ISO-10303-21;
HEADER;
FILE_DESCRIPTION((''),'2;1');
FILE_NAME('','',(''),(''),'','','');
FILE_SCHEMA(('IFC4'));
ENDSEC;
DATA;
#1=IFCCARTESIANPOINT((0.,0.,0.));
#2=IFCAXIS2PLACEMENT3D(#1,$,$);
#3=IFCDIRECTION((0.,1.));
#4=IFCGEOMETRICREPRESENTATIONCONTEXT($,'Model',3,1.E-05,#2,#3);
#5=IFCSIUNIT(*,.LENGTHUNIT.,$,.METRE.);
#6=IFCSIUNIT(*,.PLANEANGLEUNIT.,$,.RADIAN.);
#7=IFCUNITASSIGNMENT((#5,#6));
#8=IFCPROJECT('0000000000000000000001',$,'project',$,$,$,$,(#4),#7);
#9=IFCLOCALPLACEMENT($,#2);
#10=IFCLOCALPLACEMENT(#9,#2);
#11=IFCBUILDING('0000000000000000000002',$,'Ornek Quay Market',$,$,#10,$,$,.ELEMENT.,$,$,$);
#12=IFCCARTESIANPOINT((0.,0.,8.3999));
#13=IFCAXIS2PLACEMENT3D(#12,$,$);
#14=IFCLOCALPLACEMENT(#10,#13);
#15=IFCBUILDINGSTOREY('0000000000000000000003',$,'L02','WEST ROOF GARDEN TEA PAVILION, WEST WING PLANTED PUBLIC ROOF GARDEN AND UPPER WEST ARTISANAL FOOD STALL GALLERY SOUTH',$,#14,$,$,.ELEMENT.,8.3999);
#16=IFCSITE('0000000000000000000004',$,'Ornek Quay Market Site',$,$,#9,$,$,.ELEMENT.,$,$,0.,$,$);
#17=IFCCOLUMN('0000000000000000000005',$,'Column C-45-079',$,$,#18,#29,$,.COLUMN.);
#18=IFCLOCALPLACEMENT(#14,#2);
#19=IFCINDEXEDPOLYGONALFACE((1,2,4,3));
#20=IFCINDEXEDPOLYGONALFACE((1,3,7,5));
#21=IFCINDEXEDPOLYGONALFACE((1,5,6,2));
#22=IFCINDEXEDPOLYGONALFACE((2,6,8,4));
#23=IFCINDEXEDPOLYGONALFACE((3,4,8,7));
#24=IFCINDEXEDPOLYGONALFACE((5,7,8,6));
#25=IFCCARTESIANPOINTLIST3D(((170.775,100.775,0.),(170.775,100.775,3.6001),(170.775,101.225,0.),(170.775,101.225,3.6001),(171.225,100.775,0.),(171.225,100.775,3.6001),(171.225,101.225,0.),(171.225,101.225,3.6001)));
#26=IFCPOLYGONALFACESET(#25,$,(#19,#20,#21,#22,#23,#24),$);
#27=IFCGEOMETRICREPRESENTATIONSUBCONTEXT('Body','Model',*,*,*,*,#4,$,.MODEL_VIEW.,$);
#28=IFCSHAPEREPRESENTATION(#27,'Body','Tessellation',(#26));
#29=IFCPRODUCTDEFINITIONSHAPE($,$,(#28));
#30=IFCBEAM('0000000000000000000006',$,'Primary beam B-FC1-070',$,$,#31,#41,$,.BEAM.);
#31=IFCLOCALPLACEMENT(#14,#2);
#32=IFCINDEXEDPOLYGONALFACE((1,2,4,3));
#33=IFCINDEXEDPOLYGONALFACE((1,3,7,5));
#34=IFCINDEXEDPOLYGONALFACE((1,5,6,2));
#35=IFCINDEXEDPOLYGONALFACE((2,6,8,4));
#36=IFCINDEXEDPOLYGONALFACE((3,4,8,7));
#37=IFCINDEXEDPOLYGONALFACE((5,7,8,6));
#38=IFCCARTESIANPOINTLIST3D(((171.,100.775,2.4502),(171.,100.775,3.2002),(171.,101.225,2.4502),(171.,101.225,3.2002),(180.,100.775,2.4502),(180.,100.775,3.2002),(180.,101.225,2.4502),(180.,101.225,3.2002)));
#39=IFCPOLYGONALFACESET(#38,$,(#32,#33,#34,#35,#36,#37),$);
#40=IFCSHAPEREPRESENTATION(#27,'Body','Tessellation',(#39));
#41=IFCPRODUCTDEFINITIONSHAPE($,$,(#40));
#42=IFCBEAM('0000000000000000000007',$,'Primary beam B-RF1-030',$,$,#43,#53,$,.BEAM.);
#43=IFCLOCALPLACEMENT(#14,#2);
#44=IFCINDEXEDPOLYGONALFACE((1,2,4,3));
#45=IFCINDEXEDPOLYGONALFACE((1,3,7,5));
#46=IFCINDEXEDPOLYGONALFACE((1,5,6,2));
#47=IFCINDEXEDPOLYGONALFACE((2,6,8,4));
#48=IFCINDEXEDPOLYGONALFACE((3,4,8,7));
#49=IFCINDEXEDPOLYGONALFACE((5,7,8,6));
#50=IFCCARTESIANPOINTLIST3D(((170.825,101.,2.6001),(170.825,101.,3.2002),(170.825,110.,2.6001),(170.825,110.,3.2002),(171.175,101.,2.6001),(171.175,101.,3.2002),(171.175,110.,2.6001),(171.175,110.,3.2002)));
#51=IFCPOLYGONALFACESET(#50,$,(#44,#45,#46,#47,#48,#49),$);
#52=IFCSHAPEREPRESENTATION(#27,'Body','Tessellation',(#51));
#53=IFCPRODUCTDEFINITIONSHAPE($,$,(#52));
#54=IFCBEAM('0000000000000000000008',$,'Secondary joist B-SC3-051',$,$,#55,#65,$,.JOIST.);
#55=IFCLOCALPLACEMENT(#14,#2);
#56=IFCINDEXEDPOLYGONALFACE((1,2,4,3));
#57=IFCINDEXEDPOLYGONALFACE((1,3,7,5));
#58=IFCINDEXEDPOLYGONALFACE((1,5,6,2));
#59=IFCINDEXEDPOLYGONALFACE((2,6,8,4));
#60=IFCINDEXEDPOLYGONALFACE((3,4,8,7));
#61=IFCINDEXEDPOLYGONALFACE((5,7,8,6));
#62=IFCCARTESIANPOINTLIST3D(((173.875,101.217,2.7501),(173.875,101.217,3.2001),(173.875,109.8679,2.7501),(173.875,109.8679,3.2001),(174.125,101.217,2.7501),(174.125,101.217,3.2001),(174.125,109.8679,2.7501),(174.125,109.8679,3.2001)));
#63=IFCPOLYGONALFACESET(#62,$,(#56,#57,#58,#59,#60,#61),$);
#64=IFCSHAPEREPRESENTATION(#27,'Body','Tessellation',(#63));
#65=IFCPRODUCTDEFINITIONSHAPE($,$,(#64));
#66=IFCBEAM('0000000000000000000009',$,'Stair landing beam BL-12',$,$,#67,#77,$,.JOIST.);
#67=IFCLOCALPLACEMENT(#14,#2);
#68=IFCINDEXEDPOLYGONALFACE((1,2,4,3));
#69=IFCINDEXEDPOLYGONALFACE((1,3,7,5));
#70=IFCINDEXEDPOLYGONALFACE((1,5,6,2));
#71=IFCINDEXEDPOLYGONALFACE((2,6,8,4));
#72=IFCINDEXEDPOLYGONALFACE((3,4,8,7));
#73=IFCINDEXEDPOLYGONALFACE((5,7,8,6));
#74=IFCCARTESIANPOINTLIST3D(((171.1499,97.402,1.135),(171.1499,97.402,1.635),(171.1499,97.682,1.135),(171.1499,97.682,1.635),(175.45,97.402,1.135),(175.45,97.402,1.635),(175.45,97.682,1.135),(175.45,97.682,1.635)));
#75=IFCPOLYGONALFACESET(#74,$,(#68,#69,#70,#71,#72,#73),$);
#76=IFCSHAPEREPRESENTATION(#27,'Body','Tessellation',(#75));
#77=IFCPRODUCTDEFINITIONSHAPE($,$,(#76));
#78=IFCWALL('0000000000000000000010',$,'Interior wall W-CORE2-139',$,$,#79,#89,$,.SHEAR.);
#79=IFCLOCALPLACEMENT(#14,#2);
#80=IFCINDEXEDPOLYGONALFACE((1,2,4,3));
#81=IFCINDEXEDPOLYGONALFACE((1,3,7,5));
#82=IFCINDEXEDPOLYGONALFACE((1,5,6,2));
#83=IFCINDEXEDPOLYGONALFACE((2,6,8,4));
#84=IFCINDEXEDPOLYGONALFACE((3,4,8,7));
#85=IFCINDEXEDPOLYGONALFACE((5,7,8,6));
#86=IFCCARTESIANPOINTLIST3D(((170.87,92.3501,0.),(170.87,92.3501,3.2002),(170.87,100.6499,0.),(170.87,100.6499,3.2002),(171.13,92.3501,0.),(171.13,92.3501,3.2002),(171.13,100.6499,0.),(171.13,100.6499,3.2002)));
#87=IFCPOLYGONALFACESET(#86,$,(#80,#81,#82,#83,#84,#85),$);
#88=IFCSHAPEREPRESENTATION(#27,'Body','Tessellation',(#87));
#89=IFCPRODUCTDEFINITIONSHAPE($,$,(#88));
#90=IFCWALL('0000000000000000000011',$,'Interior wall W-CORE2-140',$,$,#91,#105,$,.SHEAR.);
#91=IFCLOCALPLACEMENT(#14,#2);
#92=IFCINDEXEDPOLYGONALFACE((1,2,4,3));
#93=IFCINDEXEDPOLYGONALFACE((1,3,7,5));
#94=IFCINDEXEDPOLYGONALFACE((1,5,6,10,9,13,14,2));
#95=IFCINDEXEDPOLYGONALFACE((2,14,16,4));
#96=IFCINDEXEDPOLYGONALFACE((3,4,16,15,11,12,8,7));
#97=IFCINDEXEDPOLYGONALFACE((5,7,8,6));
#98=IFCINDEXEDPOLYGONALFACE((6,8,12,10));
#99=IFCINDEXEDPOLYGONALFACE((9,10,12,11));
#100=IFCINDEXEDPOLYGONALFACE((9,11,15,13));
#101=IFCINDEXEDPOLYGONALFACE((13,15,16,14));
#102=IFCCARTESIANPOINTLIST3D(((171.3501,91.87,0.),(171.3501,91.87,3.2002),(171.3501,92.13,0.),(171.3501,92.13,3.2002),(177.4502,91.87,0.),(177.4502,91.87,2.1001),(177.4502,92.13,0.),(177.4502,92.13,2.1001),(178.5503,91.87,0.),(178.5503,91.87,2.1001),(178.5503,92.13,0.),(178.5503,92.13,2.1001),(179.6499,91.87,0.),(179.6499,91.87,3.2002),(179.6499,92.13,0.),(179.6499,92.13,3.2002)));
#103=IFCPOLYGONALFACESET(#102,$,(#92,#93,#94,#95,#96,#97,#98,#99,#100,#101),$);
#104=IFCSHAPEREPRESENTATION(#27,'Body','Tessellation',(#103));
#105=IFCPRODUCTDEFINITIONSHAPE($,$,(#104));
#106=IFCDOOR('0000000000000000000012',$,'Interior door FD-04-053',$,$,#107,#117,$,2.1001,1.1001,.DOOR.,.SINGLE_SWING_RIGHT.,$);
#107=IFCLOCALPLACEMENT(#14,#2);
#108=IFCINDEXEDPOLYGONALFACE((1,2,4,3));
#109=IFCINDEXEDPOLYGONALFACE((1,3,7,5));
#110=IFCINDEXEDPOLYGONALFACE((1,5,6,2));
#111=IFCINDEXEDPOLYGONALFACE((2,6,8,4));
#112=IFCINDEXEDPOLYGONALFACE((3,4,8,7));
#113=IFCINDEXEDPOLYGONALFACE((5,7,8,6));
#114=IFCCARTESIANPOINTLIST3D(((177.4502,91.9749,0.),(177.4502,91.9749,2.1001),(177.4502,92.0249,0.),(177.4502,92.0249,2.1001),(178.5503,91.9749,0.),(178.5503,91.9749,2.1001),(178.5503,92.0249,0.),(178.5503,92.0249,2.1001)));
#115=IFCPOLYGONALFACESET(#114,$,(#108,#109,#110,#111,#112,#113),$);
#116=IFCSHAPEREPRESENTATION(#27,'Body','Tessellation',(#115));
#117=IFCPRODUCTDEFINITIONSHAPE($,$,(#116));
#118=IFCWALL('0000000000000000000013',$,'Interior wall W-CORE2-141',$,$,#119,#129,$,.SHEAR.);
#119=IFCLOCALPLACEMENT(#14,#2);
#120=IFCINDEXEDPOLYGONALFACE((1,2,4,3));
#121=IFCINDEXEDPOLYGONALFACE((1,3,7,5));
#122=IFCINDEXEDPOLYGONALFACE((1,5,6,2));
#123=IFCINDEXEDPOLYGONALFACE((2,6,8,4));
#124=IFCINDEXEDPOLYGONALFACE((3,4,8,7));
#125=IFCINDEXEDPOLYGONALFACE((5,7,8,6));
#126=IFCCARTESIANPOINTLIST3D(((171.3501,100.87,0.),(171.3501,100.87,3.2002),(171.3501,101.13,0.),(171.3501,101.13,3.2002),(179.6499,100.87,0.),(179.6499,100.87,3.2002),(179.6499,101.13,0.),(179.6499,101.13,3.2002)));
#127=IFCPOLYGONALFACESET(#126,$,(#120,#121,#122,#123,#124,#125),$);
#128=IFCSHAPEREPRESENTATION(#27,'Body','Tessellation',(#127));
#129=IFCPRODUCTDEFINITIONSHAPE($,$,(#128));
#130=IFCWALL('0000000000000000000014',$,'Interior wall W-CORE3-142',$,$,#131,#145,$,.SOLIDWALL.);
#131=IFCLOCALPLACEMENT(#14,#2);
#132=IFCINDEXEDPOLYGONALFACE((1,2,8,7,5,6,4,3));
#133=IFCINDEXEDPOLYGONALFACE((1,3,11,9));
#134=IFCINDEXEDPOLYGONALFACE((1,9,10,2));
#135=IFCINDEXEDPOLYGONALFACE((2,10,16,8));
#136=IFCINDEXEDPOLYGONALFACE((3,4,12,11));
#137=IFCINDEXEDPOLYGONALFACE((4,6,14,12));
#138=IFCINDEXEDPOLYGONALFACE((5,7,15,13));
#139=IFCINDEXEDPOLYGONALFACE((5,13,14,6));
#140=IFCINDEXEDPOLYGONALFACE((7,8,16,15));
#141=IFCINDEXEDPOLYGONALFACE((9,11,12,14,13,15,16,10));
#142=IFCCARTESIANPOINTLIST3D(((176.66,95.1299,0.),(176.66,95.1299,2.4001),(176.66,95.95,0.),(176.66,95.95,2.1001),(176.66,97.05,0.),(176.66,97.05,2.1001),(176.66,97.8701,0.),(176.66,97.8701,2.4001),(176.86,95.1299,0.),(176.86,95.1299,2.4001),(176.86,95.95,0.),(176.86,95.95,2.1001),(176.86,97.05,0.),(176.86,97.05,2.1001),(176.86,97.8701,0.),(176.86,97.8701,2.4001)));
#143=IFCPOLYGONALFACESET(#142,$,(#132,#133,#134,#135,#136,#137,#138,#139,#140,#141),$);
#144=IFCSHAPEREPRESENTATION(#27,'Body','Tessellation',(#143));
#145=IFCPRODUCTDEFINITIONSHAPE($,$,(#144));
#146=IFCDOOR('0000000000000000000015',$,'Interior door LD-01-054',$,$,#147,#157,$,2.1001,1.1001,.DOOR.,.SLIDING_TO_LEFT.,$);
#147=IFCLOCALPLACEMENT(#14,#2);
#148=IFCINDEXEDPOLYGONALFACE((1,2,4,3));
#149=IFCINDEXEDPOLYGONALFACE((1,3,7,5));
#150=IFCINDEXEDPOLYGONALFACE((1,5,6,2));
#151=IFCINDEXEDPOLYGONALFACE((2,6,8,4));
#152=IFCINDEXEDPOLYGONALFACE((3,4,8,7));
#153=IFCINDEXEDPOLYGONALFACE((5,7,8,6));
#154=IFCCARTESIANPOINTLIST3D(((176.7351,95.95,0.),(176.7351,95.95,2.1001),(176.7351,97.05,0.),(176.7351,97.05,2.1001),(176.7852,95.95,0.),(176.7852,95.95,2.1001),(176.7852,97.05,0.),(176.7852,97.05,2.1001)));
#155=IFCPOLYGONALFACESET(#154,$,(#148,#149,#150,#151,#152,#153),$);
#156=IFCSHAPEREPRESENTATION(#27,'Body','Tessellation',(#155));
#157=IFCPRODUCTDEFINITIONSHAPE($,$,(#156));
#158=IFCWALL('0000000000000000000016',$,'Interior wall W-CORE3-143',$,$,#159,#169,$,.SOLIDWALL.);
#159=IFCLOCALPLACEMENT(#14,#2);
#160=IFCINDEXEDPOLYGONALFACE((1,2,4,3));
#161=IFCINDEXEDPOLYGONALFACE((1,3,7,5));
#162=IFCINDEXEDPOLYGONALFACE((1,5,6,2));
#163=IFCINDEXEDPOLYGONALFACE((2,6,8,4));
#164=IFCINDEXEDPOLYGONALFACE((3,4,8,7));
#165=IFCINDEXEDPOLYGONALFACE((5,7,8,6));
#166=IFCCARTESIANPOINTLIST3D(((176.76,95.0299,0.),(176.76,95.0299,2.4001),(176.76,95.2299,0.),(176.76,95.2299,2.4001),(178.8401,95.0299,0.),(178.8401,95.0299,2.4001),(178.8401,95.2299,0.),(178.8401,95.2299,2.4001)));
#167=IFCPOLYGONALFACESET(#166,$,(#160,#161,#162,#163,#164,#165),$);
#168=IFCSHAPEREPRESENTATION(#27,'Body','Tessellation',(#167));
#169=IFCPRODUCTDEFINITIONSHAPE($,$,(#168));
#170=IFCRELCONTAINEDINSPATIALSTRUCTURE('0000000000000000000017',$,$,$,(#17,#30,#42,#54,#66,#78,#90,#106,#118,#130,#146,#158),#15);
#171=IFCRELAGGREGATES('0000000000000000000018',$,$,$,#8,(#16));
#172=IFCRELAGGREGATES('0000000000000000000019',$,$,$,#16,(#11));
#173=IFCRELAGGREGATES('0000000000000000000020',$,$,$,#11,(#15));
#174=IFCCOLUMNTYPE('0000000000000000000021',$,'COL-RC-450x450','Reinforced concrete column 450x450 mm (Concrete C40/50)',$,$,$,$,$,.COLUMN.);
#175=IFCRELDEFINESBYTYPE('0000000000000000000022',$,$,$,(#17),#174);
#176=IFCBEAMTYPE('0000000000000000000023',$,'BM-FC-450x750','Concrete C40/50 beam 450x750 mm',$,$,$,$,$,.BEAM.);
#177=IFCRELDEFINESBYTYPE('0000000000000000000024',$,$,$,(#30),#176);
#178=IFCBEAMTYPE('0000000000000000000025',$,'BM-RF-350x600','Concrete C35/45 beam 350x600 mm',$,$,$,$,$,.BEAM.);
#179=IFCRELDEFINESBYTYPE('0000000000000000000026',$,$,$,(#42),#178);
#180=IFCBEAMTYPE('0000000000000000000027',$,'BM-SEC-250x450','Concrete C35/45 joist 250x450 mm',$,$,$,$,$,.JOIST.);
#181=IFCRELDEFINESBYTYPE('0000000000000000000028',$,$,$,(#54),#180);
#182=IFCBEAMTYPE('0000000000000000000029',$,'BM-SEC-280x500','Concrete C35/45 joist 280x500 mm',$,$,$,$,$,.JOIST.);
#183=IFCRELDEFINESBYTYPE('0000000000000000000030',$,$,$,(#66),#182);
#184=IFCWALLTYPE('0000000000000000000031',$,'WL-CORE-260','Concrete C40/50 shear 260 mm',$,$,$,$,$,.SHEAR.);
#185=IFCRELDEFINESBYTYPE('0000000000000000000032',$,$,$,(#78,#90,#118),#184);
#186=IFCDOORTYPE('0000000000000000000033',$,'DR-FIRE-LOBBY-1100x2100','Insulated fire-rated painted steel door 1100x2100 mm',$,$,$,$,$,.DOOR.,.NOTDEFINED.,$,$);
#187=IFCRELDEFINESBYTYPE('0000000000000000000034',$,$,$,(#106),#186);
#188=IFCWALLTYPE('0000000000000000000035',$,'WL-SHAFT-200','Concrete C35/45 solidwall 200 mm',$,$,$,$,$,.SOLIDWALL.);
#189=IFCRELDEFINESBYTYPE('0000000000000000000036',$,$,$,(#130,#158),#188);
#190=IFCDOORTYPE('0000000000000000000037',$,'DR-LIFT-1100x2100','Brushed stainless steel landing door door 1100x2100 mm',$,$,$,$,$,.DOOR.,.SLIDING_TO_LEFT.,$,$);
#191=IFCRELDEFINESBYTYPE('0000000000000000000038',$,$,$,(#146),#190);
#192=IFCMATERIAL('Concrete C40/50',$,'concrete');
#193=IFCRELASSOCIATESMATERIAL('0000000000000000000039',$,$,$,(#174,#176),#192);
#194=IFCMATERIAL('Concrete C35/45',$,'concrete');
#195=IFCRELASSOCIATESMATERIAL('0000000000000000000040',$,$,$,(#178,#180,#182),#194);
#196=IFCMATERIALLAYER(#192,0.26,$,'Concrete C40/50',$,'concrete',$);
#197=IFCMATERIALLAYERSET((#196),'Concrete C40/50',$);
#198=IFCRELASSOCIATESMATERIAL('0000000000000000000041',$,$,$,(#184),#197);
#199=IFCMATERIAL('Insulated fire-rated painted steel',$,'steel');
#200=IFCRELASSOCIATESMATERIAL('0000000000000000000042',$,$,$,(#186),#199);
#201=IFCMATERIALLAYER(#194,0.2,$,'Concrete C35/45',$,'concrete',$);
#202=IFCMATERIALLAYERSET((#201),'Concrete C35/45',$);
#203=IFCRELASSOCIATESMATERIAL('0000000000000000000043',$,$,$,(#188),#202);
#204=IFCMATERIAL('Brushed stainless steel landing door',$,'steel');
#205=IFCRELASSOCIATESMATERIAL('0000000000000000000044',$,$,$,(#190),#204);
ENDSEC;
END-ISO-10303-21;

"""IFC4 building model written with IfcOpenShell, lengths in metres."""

from ifc_helpers import new_model, si_unit, direction, frame, frame_2d, origin, origin_2d, place, context, subcontext, project, spatial, rectangle, extrude, material, layer, layer_set, material_profile, profile_set, type_object, element, fill, save


model = new_model("IFC4")

# Units and contexts
model_context = context("Model", 3, precision=1e-05, world=origin(), true_north=direction((0.0, 1.0)))
body_context = subcontext(model_context, "Body", "Model", "MODEL_VIEW")
ifc_project = project(units=[si_unit("LENGTHUNIT", "METRE"), si_unit("PLANEANGLEUNIT", "RADIAN")], contexts=[model_context])

# Site, building, storey
site_placement = place(None, origin())
site = spatial("IfcSite", under=ifc_project, at=site_placement, Name="Ornek Quay Market Site", CompositionType="ELEMENT", RefElevation=0.0)
building_placement = place(site_placement, origin())
building = spatial("IfcBuilding", under=site, at=building_placement, Name="Ornek Quay Market", CompositionType="ELEMENT")
storey_placement = place(building_placement, frame((0.0, 0.0, 8.3999)))
storey = spatial("IfcBuildingStorey", under=building, at=storey_placement, Name="L02", Description="WEST ROOF GARDEN TEA PAVILION, WEST WING PLANTED PUBLIC ROOF GARDEN AND UPPER WEST ARTISANAL FOOD STALL GALLERY SOUTH", CompositionType="ELEMENT", Elevation=8.3999)

# Column
ifc_material_1 = material(Name="Concrete C40/50", Category="concrete")
ifc_material_profile_1 = material_profile(ifc_material_1, rectangle(XDim=0.45, YDim=0.45, at=origin_2d()), Name="RC 450x450", Category="concrete")
ifc_profile_set_1 = profile_set([ifc_material_profile_1], Name="Concrete C40/50")
column_type = type_object("IfcColumnType", Name="COL-RC-450x450", Description="Reinforced concrete column 450x450 mm (Concrete C40/50)", PredefinedType="COLUMN", material=ifc_profile_set_1)
column_placement = place(storey_placement, frame((171.0, 101.0, 0.0), z_axis=(0.0, 0.0, 1.0), x_axis=(1.0, 0.0, 0.0)))
element("IfcColumn", 1, at=column_placement, inside=storey, type_object=column_type, Name="Column C-45-079", PredefinedType="COLUMN", context=body_context, shape_type="SweptSolid", body=[
    extrude(rectangle(XDim=0.45, YDim=0.45, at=origin_2d()), origin(), (0.0, 0.0, 1.0), 3.6001),
])

# Beams
ifc_material_profile_2 = material_profile(ifc_material_1, rectangle(XDim=0.45, YDim=0.75, at=origin_2d()), Name="RC 450x750", Category="concrete")
ifc_profile_set_2 = profile_set([ifc_material_profile_2], Name="Concrete C40/50")
beam_type_1 = type_object("IfcBeamType", Name="BM-FC-450x750", Description="Concrete C40/50 beam 450x750 mm", PredefinedType="BEAM", material=ifc_profile_set_2)
beam_1_placement = place(storey_placement, frame((171.0, 101.0, 2.8252), z_axis=(1.0, 0.0, 0.0), x_axis=(0.0, 1.0, 0.0)))
element("IfcBeam", 2, at=beam_1_placement, inside=storey, type_object=beam_type_1, Name="Primary beam B-FC1-070", PredefinedType="BEAM", context=body_context, shape_type="SweptSolid", body=[
    extrude(rectangle(XDim=0.45, YDim=0.75, at=origin_2d()), origin(), (0.0, 0.0, 1.0), 9.0),
])
ifc_material_2 = material(Name="Concrete C35/45", Category="concrete")
ifc_material_profile_3 = material_profile(ifc_material_2, rectangle(XDim=0.3501, YDim=0.6001, at=origin_2d()), Name="RC 350x600", Category="concrete")
ifc_profile_set_3 = profile_set([ifc_material_profile_3], Name="Concrete C35/45")
beam_type_2 = type_object("IfcBeamType", Name="BM-RF-350x600", Description="Concrete C35/45 beam 350x600 mm", PredefinedType="BEAM", material=ifc_profile_set_3)
beam_2_placement = place(storey_placement, frame((171.0, 101.0, 2.9001), z_axis=(0.0, 1.0, 0.0), x_axis=(-1.0, 0.0, 0.0)))
element("IfcBeam", 3, at=beam_2_placement, inside=storey, type_object=beam_type_2, Name="Primary beam B-RF1-030", PredefinedType="BEAM", context=body_context, shape_type="SweptSolid", body=[
    extrude(rectangle(XDim=0.3501, YDim=0.6001, at=origin_2d()), origin(), (0.0, 0.0, 1.0), 9.0),
])
ifc_material_profile_4 = material_profile(ifc_material_2, rectangle(XDim=0.25, YDim=0.45, at=origin_2d()), Name="RC 250x450", Category="concrete")
ifc_profile_set_4 = profile_set([ifc_material_profile_4], Name="Concrete C35/45")
beam_type_3 = type_object("IfcBeamType", Name="BM-SEC-250x450", Description="Concrete C35/45 joist 250x450 mm", PredefinedType="JOIST", material=ifc_profile_set_4)
beam_3_placement = place(storey_placement, frame((174.0, 101.217, 2.9751), z_axis=(0.0, 1.0, 0.0), x_axis=(-1.0, 0.0, 0.0)))
element("IfcBeam", 4, at=beam_3_placement, inside=storey, type_object=beam_type_3, Name="Secondary joist B-SC3-051", PredefinedType="JOIST", context=body_context, shape_type="SweptSolid", body=[
    extrude(rectangle(XDim=0.25, YDim=0.45, at=origin_2d()), origin(), (0.0, 0.0, 1.0), 8.6509),
])
ifc_material_profile_5 = material_profile(ifc_material_2, rectangle(XDim=0.28, YDim=0.5, at=origin_2d()), Name="RC 280x500", Category="concrete")
ifc_profile_set_5 = profile_set([ifc_material_profile_5], Name="Concrete C35/45")
beam_type_4 = type_object("IfcBeamType", Name="BM-SEC-280x500", Description="Concrete C35/45 joist 280x500 mm", PredefinedType="JOIST", material=ifc_profile_set_5)
beam_4_placement = place(storey_placement, frame((171.1499, 97.542, 1.385), z_axis=(1.0, 0.0, 0.0), x_axis=(0.0, 1.0, 0.0)))
element("IfcBeam", 5, at=beam_4_placement, inside=storey, type_object=beam_type_4, Name="Stair landing beam BL-12", PredefinedType="JOIST", context=body_context, shape_type="SweptSolid", body=[
    extrude(rectangle(XDim=0.28, YDim=0.5, at=origin_2d()), origin(), (0.0, 0.0, 1.0), 4.3),
])

# Shared definitions
ifc_layer_1 = layer(ifc_material_1, 0.26, Name="Concrete C40/50", Category="concrete")
ifc_layer_set_1 = layer_set([ifc_layer_1], Name="Concrete C40/50")
wall_type_1 = type_object("IfcWallType", Name="WL-CORE-260", Description="Concrete C40/50 shear 260 mm", PredefinedType="SHEAR", material=ifc_layer_set_1)
ifc_material_3 = material(Name="Insulated fire-rated painted steel", Category="steel")

# Wall
wall_1_placement = place(storey_placement, frame((171.0, 92.3501, 0.0), z_axis=(0.0, 0.0, 1.0), x_axis=(0.0, 1.0, 0.0)))
element("IfcWall", 6, at=wall_1_placement, inside=storey, type_object=wall_type_1, Name="Interior wall W-CORE2-139", PredefinedType="SHEAR", context=body_context, shape_type="SweptSolid", body=[
    extrude(rectangle(XDim=8.2998, YDim=0.26, at=frame_2d((4.1499, 0.0))), origin(), (0.0, 0.0, 1.0), 3.2002),
])

# Wall, opening, door
wall_2_placement = place(storey_placement, frame((171.3501, 92.0, 0.0), z_axis=(0.0, 0.0, 1.0), x_axis=(1.0, 0.0, 0.0)))
wall_2 = element("IfcWall", 7, at=wall_2_placement, inside=storey, type_object=wall_type_1, Name="Interior wall W-CORE2-140", PredefinedType="SHEAR", context=body_context, shape_type="SweptSolid", body=[
    extrude(rectangle(XDim=8.2998, YDim=0.26, at=frame_2d((4.1499, 0.0))), origin(), (0.0, 0.0, 1.0), 3.2002),
])
opening_1_placement = place(wall_2_placement, frame((6.1001, 0.0, 0.0)))
opening_1 = element("IfcOpeningElement", 8, at=opening_1_placement, cuts=wall_2, PredefinedType="OPENING", context=body_context, shape_type="SweptSolid", body=[
    extrude(rectangle(XDim=1.1001, YDim=2.1001, at=frame_2d((0.55, 1.05))), frame((0.0, 0.1399, 0.0), z_axis=(0.0, -1.0, 0.0), x_axis=(1.0, 0.0, 0.0)), (0.0, 0.0, 1.0), 0.28),
])
door_type_1 = type_object("IfcDoorType", Name="DR-FIRE-LOBBY-1100x2100", Description="Insulated fire-rated painted steel door 1100x2100 mm", OperationType="NOTDEFINED", PredefinedType="DOOR", material=ifc_material_3)
door_1_placement = place(opening_1_placement, origin())
door_1 = element("IfcDoor", 9, at=door_1_placement, inside=storey, type_object=door_type_1, Name="Interior door FD-04-053", OperationType="SINGLE_SWING_RIGHT", OverallHeight=2.1001, OverallWidth=1.1001, PredefinedType="DOOR", context=body_context, shape_type="SweptSolid", body=[
    extrude(rectangle(XDim=1.1001, YDim=2.1001, at=frame_2d((0.55, 1.05))), frame((0.0, 0.0249, 0.0), z_axis=(0.0, -1.0, 0.0), x_axis=(1.0, 0.0, 0.0)), (0.0, 0.0, 1.0), 0.05),
])
fill(opening_1, door_1)

# Wall
wall_3_placement = place(storey_placement, frame((171.3501, 101.0, 0.0), z_axis=(0.0, 0.0, 1.0), x_axis=(1.0, 0.0, 0.0)))
element("IfcWall", 10, at=wall_3_placement, inside=storey, type_object=wall_type_1, Name="Interior wall W-CORE2-141", PredefinedType="SHEAR", context=body_context, shape_type="SweptSolid", body=[
    extrude(rectangle(XDim=8.2998, YDim=0.26, at=frame_2d((4.1499, 0.0))), origin(), (0.0, 0.0, 1.0), 3.2002),
])

# Wall, opening, door
ifc_layer_2 = layer(ifc_material_2, 0.2, Name="Concrete C35/45", Category="concrete")
ifc_layer_set_2 = layer_set([ifc_layer_2], Name="Concrete C35/45")
wall_type_2 = type_object("IfcWallType", Name="WL-SHAFT-200", Description="Concrete C35/45 solidwall 200 mm", PredefinedType="SOLIDWALL", material=ifc_layer_set_2)
wall_4_placement = place(storey_placement, frame((176.76, 95.1299, 0.0), z_axis=(0.0, 0.0, 1.0), x_axis=(0.0, 1.0, 0.0)))
wall_4 = element("IfcWall", 11, at=wall_4_placement, inside=storey, type_object=wall_type_2, Name="Interior wall W-CORE3-142", PredefinedType="SOLIDWALL", context=body_context, shape_type="SweptSolid", body=[
    extrude(rectangle(XDim=2.7402, YDim=0.2, at=frame_2d((1.3701, 0.0))), origin(), (0.0, 0.0, 1.0), 2.4001),
])
opening_2_placement = place(wall_4_placement, frame((0.8201, 0.0, 0.0)))
opening_2 = element("IfcOpeningElement", 12, at=opening_2_placement, cuts=wall_4, PredefinedType="OPENING", context=body_context, shape_type="SweptSolid", body=[
    extrude(rectangle(XDim=1.1001, YDim=2.1001, at=frame_2d((0.55, 1.05))), frame((0.0, 0.1099, 0.0), z_axis=(0.0, -1.0, 0.0), x_axis=(1.0, 0.0, 0.0)), (0.0, 0.0, 1.0), 0.22),
])
ifc_material_4 = material(Name="Brushed stainless steel landing door", Category="steel")
door_type_2 = type_object("IfcDoorType", Name="DR-LIFT-1100x2100", Description="Brushed stainless steel landing door door 1100x2100 mm", OperationType="SLIDING_TO_LEFT", PredefinedType="DOOR", material=ifc_material_4)
door_2_placement = place(opening_2_placement, origin())
door_2 = element("IfcDoor", 13, at=door_2_placement, inside=storey, type_object=door_type_2, Name="Interior door LD-01-054", OperationType="SLIDING_TO_LEFT", OverallHeight=2.1001, OverallWidth=1.1001, PredefinedType="DOOR", context=body_context, shape_type="SweptSolid", body=[
    extrude(rectangle(XDim=1.1001, YDim=2.1001, at=frame_2d((0.55, 1.05))), frame((0.0, 0.0249, 0.0), z_axis=(0.0, -1.0, 0.0), x_axis=(1.0, 0.0, 0.0)), (0.0, 0.0, 1.0), 0.05),
])
fill(opening_2, door_2)

# Wall
wall_5_placement = place(storey_placement, frame((176.76, 95.1299, 0.0), z_axis=(0.0, 0.0, 1.0), x_axis=(1.0, 0.0, 0.0)))
element("IfcWall", 14, at=wall_5_placement, inside=storey, type_object=wall_type_2, Name="Interior wall W-CORE3-143", PredefinedType="SOLIDWALL", context=body_context, shape_type="SweptSolid", body=[
    extrude(rectangle(XDim=2.0801, YDim=0.2, at=frame_2d((1.04, 0.0))), origin(), (0.0, 0.0, 1.0), 2.4001),
])

save(model, "model.ifc")
